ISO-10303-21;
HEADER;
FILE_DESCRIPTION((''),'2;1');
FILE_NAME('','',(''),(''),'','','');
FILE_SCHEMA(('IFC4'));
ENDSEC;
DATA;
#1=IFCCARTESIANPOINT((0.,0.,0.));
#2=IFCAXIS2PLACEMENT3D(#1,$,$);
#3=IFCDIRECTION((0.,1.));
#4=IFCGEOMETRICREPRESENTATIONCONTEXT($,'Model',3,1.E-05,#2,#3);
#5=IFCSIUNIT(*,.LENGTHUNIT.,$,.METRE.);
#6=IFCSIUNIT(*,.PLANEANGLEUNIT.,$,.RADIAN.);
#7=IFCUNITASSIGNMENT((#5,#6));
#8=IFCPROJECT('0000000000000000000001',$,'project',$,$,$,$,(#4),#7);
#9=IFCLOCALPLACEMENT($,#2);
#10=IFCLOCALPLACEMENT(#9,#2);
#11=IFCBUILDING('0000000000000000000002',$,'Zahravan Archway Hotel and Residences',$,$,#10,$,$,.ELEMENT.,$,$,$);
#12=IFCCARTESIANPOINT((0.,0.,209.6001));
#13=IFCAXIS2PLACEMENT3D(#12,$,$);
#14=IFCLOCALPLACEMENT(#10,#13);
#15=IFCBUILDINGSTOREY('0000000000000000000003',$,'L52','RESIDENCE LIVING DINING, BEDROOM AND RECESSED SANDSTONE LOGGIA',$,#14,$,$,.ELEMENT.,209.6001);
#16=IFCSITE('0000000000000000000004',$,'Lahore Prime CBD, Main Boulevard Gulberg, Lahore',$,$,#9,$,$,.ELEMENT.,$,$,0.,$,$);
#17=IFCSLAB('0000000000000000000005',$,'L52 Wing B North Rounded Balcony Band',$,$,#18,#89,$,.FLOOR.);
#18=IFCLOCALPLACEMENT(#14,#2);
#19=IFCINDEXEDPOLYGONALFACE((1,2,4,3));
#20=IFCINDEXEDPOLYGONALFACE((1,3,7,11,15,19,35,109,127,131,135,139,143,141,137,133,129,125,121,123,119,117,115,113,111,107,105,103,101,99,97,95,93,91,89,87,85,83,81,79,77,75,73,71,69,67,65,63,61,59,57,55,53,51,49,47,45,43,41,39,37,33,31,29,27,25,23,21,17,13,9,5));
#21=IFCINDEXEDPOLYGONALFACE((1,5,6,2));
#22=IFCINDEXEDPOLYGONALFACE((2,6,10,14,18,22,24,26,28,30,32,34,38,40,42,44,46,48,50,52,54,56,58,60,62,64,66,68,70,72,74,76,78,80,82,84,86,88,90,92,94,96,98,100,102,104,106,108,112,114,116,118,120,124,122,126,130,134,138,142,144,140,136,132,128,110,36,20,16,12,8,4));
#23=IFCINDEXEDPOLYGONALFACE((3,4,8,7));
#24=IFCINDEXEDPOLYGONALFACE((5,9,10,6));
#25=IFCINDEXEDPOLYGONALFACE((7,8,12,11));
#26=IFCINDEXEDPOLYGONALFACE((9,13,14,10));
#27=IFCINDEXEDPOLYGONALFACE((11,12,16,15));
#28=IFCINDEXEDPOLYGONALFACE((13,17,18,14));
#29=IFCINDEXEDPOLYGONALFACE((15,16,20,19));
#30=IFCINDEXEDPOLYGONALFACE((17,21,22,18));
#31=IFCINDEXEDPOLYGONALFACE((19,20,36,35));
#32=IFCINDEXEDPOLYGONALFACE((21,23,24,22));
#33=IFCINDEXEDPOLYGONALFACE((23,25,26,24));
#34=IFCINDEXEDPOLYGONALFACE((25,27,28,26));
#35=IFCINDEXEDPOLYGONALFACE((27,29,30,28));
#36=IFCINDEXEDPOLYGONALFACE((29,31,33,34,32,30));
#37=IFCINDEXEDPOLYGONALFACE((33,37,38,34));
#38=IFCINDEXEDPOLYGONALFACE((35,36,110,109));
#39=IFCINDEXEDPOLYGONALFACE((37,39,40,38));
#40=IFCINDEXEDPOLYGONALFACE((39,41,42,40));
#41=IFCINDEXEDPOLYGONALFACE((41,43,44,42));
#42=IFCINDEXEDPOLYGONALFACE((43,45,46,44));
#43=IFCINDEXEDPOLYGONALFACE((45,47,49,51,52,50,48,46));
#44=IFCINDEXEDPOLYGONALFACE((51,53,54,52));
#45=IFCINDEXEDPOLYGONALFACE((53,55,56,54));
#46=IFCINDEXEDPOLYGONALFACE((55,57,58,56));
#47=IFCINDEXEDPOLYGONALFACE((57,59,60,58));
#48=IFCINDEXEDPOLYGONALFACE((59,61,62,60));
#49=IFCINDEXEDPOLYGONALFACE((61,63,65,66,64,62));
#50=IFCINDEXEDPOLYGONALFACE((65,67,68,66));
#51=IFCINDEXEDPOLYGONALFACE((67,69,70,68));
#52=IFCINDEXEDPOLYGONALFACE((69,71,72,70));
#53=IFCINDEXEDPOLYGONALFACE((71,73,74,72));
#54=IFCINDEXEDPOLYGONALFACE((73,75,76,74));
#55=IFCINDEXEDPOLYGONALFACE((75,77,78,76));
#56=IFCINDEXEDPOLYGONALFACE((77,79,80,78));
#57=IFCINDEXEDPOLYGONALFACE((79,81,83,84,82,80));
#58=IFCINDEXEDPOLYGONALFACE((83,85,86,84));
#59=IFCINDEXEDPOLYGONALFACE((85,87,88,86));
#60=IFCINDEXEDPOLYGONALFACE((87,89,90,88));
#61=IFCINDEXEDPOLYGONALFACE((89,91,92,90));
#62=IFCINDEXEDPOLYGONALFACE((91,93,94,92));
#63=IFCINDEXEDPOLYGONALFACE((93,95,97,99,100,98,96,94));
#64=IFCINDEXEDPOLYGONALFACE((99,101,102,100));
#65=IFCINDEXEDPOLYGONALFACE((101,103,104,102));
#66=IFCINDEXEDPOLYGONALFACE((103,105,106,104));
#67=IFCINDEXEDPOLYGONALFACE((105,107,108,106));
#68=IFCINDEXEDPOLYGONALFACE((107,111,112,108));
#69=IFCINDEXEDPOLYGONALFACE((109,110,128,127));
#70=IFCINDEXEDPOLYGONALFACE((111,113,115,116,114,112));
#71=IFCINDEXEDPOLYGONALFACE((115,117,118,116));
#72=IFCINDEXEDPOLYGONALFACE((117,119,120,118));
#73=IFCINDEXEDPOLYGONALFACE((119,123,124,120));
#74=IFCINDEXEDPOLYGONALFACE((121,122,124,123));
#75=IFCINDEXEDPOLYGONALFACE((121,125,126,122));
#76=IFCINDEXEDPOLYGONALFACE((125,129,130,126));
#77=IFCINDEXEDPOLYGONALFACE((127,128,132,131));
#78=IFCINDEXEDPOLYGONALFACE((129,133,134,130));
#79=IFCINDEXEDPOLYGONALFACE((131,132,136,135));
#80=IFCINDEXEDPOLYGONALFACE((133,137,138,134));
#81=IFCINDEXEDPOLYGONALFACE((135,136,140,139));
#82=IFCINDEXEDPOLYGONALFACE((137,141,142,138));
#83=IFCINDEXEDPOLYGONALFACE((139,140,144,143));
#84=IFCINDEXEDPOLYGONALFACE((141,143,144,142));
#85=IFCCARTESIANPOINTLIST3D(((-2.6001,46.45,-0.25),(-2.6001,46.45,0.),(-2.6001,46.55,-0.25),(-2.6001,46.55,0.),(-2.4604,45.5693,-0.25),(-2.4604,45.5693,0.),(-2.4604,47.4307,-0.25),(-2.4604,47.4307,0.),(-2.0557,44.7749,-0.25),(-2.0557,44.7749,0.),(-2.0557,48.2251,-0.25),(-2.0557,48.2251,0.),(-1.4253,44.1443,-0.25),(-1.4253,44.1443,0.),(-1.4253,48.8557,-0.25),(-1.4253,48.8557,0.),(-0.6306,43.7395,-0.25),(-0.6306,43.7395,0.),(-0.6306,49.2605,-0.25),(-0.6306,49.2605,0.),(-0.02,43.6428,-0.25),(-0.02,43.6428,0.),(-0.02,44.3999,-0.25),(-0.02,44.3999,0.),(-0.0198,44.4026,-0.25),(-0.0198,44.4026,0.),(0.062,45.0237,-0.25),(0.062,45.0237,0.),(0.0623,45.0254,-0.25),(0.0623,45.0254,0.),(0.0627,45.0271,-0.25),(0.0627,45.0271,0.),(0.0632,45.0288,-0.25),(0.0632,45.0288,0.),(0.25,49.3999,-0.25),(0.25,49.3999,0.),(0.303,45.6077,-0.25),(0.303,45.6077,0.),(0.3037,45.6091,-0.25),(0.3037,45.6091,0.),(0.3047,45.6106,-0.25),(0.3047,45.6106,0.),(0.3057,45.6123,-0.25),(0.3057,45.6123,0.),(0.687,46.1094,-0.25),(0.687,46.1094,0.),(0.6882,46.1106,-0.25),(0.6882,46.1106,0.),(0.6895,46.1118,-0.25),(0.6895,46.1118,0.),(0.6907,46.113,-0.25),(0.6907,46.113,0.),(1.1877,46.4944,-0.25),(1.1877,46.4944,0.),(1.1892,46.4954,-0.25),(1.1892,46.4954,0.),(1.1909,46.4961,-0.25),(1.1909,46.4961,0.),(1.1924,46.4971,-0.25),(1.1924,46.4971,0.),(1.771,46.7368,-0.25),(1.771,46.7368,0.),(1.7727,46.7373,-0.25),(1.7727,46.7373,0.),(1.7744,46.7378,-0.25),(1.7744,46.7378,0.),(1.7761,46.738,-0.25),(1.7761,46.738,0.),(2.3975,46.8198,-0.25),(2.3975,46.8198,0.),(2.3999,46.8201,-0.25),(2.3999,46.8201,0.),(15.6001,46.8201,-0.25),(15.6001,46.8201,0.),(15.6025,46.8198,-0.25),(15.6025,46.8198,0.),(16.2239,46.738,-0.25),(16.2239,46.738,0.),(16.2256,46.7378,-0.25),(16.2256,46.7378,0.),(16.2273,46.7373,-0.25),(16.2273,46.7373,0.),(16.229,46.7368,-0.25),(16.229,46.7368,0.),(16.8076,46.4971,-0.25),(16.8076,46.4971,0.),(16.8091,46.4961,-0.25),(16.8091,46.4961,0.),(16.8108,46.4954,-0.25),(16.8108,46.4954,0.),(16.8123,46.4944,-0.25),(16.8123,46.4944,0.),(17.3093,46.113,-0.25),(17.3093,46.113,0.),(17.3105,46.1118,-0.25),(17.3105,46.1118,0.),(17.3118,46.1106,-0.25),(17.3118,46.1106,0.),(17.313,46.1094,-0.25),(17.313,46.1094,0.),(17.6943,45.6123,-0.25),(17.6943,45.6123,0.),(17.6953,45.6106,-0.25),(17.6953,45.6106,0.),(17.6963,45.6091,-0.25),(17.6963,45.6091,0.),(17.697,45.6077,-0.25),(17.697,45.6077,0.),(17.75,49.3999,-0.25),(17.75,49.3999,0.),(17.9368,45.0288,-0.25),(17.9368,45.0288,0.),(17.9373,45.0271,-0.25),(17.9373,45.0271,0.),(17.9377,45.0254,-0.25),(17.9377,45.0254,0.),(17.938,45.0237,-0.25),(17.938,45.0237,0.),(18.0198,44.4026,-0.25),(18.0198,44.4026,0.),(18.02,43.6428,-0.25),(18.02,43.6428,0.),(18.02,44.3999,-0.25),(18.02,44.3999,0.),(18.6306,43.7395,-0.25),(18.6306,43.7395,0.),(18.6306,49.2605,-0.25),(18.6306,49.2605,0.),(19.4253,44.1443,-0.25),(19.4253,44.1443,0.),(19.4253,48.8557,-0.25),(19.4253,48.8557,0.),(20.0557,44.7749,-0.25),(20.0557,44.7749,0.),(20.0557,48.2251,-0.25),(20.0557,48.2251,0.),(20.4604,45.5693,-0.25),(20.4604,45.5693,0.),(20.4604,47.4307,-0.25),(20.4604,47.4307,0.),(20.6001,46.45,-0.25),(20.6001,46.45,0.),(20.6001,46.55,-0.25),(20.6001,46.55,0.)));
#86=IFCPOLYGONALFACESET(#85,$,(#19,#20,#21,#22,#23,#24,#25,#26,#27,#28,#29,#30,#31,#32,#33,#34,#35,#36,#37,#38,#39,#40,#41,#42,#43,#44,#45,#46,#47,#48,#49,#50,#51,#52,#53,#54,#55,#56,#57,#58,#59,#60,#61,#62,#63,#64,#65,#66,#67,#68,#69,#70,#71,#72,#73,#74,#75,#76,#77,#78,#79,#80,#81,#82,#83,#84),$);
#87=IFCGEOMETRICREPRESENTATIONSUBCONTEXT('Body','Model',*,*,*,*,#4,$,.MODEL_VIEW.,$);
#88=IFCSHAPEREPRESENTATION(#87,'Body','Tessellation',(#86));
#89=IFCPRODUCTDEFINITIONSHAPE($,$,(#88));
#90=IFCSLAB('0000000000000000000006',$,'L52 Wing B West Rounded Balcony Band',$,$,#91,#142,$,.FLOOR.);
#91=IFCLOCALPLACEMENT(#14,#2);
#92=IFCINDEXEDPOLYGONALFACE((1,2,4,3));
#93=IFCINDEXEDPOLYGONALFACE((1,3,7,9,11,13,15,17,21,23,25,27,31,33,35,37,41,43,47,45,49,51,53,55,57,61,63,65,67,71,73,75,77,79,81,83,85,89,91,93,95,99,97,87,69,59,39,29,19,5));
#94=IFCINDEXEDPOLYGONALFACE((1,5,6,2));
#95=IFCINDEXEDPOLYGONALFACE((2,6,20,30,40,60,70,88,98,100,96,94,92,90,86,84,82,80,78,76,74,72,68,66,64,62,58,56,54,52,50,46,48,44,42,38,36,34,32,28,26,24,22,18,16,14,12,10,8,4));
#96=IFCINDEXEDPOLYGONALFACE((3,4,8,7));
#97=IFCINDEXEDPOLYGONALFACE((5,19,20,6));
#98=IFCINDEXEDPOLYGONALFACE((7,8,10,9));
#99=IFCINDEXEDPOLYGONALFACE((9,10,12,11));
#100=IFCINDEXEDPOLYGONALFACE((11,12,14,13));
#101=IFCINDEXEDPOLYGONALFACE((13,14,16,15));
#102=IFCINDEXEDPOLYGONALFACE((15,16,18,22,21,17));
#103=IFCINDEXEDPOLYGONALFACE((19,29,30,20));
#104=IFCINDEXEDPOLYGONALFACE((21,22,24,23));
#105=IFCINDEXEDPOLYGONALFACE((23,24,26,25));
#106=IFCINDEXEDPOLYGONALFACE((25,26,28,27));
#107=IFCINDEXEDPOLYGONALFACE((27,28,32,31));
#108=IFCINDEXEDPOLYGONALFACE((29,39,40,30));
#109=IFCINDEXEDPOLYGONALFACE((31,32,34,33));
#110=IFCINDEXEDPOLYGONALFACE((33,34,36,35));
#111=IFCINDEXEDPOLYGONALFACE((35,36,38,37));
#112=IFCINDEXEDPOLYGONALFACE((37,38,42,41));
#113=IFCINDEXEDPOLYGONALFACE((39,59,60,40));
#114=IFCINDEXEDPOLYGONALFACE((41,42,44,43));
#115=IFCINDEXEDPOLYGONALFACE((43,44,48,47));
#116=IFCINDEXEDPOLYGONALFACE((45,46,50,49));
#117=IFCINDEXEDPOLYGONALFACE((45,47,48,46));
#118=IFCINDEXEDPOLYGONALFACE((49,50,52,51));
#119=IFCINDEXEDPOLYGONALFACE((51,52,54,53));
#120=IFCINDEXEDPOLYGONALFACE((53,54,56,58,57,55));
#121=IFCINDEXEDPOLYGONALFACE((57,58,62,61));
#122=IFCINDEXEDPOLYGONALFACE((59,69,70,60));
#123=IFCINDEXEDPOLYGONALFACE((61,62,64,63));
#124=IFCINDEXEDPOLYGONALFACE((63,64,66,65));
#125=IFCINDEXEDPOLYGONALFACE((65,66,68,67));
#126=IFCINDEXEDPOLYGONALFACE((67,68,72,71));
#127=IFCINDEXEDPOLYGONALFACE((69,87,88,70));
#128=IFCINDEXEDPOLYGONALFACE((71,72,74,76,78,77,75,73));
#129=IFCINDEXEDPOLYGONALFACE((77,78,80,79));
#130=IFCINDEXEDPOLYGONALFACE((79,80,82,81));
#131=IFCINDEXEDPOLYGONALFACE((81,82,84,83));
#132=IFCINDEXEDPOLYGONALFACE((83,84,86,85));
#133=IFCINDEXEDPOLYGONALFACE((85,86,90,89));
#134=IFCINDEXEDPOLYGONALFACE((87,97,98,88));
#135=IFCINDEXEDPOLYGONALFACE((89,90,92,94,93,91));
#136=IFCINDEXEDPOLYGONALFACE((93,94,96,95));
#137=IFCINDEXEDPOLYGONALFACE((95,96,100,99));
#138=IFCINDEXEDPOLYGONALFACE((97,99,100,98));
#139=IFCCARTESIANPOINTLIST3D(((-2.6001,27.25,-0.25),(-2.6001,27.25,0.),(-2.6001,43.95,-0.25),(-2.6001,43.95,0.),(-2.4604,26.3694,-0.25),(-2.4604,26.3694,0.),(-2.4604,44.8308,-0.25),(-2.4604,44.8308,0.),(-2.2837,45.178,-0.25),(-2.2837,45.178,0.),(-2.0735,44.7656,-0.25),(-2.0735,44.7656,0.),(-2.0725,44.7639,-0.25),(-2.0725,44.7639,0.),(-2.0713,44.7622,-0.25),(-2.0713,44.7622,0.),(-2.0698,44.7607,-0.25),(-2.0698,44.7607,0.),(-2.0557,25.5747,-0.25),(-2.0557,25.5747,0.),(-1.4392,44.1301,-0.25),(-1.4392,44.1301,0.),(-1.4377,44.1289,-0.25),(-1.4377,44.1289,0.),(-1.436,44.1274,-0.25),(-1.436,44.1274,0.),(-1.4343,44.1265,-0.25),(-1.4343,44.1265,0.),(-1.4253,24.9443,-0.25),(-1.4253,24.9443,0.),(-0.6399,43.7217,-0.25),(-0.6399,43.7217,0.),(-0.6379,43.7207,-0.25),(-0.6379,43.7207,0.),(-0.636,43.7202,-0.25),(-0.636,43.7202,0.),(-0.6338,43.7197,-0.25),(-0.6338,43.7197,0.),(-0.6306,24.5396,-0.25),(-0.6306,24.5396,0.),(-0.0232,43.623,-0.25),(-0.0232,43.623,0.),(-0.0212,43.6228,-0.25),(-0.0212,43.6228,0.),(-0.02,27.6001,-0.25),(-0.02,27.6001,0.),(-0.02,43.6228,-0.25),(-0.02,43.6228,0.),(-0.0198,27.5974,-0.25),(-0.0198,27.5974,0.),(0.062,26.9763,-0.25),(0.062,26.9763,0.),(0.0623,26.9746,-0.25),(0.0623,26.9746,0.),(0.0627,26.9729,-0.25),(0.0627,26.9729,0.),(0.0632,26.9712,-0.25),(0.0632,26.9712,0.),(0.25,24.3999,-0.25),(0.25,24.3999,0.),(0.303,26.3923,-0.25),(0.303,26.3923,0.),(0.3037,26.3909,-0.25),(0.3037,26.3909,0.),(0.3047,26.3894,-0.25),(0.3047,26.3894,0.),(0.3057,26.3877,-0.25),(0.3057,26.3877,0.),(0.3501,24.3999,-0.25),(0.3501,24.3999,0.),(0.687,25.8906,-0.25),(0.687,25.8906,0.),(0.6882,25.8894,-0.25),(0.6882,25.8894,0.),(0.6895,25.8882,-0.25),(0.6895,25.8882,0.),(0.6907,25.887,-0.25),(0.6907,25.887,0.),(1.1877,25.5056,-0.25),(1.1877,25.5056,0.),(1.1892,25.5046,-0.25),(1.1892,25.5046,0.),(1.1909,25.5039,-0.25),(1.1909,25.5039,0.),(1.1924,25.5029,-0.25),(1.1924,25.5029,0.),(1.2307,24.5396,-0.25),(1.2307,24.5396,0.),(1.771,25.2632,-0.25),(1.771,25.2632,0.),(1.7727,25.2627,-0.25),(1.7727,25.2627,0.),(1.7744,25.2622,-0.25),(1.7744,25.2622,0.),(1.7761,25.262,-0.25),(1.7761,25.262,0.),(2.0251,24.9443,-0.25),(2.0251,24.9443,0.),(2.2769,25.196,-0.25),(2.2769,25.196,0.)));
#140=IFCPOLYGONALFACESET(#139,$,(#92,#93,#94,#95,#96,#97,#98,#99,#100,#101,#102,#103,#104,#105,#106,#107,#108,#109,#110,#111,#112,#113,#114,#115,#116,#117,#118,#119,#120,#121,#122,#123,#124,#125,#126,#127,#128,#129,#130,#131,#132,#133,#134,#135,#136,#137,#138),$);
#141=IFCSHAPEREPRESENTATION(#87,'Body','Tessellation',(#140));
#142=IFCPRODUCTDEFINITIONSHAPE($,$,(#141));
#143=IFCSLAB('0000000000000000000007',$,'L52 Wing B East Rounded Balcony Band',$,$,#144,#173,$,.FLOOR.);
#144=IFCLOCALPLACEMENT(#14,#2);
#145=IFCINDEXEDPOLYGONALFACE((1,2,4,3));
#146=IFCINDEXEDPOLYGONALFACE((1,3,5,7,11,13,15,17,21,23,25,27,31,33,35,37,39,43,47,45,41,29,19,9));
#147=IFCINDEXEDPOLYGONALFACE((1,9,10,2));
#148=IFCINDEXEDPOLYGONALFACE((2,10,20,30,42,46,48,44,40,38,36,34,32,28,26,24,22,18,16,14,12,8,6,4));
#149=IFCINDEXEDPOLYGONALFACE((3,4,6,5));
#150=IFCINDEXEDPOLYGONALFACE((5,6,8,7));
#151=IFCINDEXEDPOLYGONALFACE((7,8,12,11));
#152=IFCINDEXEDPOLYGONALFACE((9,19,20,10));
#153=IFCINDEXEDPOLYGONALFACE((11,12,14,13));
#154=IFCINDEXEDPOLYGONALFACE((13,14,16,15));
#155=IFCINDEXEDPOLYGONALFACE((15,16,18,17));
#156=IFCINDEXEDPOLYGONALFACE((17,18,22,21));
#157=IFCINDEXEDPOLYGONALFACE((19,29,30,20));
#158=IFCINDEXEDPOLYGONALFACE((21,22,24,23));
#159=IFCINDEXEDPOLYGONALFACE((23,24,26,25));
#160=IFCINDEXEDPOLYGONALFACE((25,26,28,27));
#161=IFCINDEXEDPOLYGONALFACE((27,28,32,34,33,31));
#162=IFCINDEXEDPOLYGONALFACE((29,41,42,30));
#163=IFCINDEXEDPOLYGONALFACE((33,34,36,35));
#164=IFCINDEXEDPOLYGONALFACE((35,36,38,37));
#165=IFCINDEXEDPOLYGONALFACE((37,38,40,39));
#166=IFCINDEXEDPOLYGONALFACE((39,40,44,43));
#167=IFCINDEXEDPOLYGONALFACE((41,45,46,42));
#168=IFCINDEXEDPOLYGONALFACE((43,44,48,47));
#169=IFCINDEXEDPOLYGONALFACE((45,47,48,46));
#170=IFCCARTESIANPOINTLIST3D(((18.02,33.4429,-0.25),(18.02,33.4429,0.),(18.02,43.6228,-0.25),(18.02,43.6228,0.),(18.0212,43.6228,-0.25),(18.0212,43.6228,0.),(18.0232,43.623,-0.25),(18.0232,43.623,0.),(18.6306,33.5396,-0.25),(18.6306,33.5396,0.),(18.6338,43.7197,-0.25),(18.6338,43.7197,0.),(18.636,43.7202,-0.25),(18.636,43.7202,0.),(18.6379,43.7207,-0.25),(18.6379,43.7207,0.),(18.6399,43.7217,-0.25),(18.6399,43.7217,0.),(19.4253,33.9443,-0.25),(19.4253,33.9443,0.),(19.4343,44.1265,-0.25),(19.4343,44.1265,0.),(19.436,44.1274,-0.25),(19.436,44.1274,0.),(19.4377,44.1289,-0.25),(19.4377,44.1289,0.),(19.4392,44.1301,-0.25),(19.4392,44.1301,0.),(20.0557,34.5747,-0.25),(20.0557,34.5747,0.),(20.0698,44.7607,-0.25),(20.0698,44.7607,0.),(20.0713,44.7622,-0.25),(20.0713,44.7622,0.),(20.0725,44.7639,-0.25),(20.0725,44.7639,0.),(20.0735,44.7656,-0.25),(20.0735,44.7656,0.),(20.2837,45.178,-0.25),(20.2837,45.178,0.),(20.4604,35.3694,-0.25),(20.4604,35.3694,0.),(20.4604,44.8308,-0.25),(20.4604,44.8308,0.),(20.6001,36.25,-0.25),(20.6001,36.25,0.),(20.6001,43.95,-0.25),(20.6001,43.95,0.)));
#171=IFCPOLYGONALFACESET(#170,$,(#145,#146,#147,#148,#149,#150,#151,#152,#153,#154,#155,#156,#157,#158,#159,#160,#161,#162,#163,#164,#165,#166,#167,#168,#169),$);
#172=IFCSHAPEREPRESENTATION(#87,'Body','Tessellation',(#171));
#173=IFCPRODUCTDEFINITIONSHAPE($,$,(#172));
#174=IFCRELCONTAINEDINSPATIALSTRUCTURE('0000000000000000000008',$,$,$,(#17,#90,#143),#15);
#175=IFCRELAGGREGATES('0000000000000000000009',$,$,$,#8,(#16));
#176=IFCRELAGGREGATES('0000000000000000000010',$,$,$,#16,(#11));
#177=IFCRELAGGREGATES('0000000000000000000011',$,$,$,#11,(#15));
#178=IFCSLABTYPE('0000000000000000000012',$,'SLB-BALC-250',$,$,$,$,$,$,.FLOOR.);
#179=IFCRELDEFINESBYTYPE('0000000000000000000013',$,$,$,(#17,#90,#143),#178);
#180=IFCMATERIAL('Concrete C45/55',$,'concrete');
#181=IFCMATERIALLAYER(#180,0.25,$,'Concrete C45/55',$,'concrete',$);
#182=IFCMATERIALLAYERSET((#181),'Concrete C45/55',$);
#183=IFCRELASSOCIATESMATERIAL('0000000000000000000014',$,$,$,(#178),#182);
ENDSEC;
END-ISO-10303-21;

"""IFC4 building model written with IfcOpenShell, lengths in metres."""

from ifc_helpers import new_model, si_unit, direction, frame, origin, place, context, subcontext, project, spatial, polyline, outline, extrude, material, layer, layer_set, type_object, element, save


model = new_model("IFC4")

# Units and contexts
model_context = context("Model", 3, precision=1e-05, world=origin(), true_north=direction((0.0, 1.0)))
body_context = subcontext(model_context, "Body", "Model", "MODEL_VIEW")
ifc_project = project(units=[si_unit("LENGTHUNIT", "METRE"), si_unit("PLANEANGLEUNIT", "RADIAN")], contexts=[model_context])

# Site, building, storey
site_placement = place(None, origin())
site = spatial("IfcSite", under=ifc_project, at=site_placement, Name="Lahore Prime CBD, Main Boulevard Gulberg, Lahore", CompositionType="ELEMENT", RefElevation=0.0)
building_placement = place(site_placement, origin())
building = spatial("IfcBuilding", under=site, at=building_placement, Name="Zahravan Archway Hotel and Residences", CompositionType="ELEMENT")
storey_placement = place(building_placement, frame((0.0, 0.0, 209.6001)))
storey = spatial("IfcBuildingStorey", under=building, at=storey_placement, Name="L52", Description="RESIDENCE LIVING DINING, BEDROOM AND RECESSED SANDSTONE LOGGIA", CompositionType="ELEMENT", Elevation=209.6001)

# Slabs
ifc_material_1 = material(Name="Concrete C45/55", Category="concrete")
ifc_layer_1 = layer(ifc_material_1, 0.25, Name="Concrete C45/55", Category="concrete")
ifc_layer_set_1 = layer_set([ifc_layer_1], Name="Concrete C45/55")
slab_type_1 = type_object("IfcSlabType", Name="SLB-BALC-250", PredefinedType="FLOOR", material=ifc_layer_set_1)
slab_1_placement = place(storey_placement, frame((0.0, 0.0, -0.25)))
element("IfcSlab", 1, at=slab_1_placement, inside=storey, type_object=slab_type_1, Name="L52 Wing B North Rounded Balcony Band", PredefinedType="FLOOR", context=body_context, shape_type="SweptSolid", body=[
    extrude(outline(polyline([(-0.6306, 43.7395), (-1.4253, 44.1443), (-2.0557, 44.7749), (-2.4604, 45.5693), (-2.6001, 46.45), (-2.6001, 46.55), (-2.4604, 47.4307), (-2.0557, 48.2251), (-1.4253, 48.8557), (-0.6306, 49.2605), (0.25, 49.3999), (17.75, 49.3999), (18.6306, 49.2605), (19.4253, 48.8557), (20.0557, 48.2251), (20.4604, 47.4307), (20.6001, 46.55), (20.6001, 46.45), (20.4604, 45.5693), (20.0557, 44.7749), (19.4253, 44.1443), (18.6306, 43.7395), (18.02, 43.6428), (18.02, 44.3999), (18.0198, 44.4026), (17.938, 45.0237), (17.9377, 45.0254), (17.9373, 45.0271), (17.9368, 45.0288), (17.697, 45.6077), (17.6963, 45.6091), (17.6953, 45.6106), (17.6943, 45.6123), (17.313, 46.1094), (17.3118, 46.1106), (17.3105, 46.1118), (17.3093, 46.113), (16.8123, 46.4944), (16.8108, 46.4954), (16.8091, 46.4961), (16.8076, 46.4971), (16.229, 46.7368), (16.2273, 46.7373), (16.2256, 46.7378), (16.2239, 46.738), (15.6025, 46.8198), (15.6001, 46.8201), (2.3999, 46.8201), (2.3975, 46.8198), (1.7761, 46.738), (1.7744, 46.7378), (1.7727, 46.7373), (1.771, 46.7368), (1.1924, 46.4971), (1.1909, 46.4961), (1.1892, 46.4954), (1.1877, 46.4944), (0.6907, 46.113), (0.6895, 46.1118), (0.6882, 46.1106), (0.687, 46.1094), (0.3057, 45.6123), (0.3047, 45.6106), (0.3037, 45.6091), (0.303, 45.6077), (0.0632, 45.0288), (0.0627, 45.0271), (0.0623, 45.0254), (0.062, 45.0237), (-0.0198, 44.4026), (-0.02, 44.3999), (-0.02, 43.6428), (-0.6306, 43.7395)])), origin(), (0.0, 0.0, 1.0), 0.25),
])
slab_2_placement = place(storey_placement, frame((0.0, 0.0, -0.25)))
element("IfcSlab", 2, at=slab_2_placement, inside=storey, type_object=slab_type_1, Name="L52 Wing B West Rounded Balcony Band", PredefinedType="FLOOR", context=body_context, shape_type="SweptSolid", body=[
    extrude(outline(polyline([(2.0251, 24.9443), (1.2307, 24.5396), (0.3501, 24.3999), (0.25, 24.3999), (-0.6306, 24.5396), (-1.4253, 24.9443), (-2.0557, 25.5747), (-2.4604, 26.3694), (-2.6001, 27.25), (-2.6001, 43.95), (-2.4604, 44.8308), (-2.2837, 45.178), (-2.0735, 44.7656), (-2.0725, 44.7639), (-2.0713, 44.7622), (-2.0698, 44.7607), (-1.4392, 44.1301), (-1.4377, 44.1289), (-1.436, 44.1274), (-1.4343, 44.1265), (-0.6399, 43.7217), (-0.6379, 43.7207), (-0.636, 43.7202), (-0.6338, 43.7197), (-0.0232, 43.623), (-0.0212, 43.6228), (-0.02, 43.6228), (-0.02, 27.6001), (-0.0198, 27.5974), (0.062, 26.9763), (0.0623, 26.9746), (0.0627, 26.9729), (0.0632, 26.9712), (0.303, 26.3923), (0.3037, 26.3909), (0.3047, 26.3894), (0.3057, 26.3877), (0.687, 25.8906), (0.6882, 25.8894), (0.6895, 25.8882), (0.6907, 25.887), (1.1877, 25.5056), (1.1892, 25.5046), (1.1909, 25.5039), (1.1924, 25.5029), (1.771, 25.2632), (1.7727, 25.2627), (1.7744, 25.2622), (1.7761, 25.262), (2.2769, 25.196), (2.0251, 24.9443)])), origin(), (0.0, 0.0, 1.0), 0.25),
])
slab_3_placement = place(storey_placement, frame((0.0, 0.0, -0.25)))
element("IfcSlab", 3, at=slab_3_placement, inside=storey, type_object=slab_type_1, Name="L52 Wing B East Rounded Balcony Band", PredefinedType="FLOOR", context=body_context, shape_type="SweptSolid", body=[
    extrude(outline(polyline([(20.4604, 44.8308), (20.6001, 43.95), (20.6001, 36.25), (20.4604, 35.3694), (20.0557, 34.5747), (19.4253, 33.9443), (18.6306, 33.5396), (18.02, 33.4429), (18.02, 43.6228), (18.0212, 43.6228), (18.0232, 43.623), (18.6338, 43.7197), (18.636, 43.7202), (18.6379, 43.7207), (18.6399, 43.7217), (19.4343, 44.1265), (19.436, 44.1274), (19.4377, 44.1289), (19.4392, 44.1301), (20.0698, 44.7607), (20.0713, 44.7622), (20.0725, 44.7639), (20.0735, 44.7656), (20.2837, 45.178), (20.4604, 44.8308)])), origin(), (0.0, 0.0, 1.0), 0.25),
])

save(model, "model.ifc")
